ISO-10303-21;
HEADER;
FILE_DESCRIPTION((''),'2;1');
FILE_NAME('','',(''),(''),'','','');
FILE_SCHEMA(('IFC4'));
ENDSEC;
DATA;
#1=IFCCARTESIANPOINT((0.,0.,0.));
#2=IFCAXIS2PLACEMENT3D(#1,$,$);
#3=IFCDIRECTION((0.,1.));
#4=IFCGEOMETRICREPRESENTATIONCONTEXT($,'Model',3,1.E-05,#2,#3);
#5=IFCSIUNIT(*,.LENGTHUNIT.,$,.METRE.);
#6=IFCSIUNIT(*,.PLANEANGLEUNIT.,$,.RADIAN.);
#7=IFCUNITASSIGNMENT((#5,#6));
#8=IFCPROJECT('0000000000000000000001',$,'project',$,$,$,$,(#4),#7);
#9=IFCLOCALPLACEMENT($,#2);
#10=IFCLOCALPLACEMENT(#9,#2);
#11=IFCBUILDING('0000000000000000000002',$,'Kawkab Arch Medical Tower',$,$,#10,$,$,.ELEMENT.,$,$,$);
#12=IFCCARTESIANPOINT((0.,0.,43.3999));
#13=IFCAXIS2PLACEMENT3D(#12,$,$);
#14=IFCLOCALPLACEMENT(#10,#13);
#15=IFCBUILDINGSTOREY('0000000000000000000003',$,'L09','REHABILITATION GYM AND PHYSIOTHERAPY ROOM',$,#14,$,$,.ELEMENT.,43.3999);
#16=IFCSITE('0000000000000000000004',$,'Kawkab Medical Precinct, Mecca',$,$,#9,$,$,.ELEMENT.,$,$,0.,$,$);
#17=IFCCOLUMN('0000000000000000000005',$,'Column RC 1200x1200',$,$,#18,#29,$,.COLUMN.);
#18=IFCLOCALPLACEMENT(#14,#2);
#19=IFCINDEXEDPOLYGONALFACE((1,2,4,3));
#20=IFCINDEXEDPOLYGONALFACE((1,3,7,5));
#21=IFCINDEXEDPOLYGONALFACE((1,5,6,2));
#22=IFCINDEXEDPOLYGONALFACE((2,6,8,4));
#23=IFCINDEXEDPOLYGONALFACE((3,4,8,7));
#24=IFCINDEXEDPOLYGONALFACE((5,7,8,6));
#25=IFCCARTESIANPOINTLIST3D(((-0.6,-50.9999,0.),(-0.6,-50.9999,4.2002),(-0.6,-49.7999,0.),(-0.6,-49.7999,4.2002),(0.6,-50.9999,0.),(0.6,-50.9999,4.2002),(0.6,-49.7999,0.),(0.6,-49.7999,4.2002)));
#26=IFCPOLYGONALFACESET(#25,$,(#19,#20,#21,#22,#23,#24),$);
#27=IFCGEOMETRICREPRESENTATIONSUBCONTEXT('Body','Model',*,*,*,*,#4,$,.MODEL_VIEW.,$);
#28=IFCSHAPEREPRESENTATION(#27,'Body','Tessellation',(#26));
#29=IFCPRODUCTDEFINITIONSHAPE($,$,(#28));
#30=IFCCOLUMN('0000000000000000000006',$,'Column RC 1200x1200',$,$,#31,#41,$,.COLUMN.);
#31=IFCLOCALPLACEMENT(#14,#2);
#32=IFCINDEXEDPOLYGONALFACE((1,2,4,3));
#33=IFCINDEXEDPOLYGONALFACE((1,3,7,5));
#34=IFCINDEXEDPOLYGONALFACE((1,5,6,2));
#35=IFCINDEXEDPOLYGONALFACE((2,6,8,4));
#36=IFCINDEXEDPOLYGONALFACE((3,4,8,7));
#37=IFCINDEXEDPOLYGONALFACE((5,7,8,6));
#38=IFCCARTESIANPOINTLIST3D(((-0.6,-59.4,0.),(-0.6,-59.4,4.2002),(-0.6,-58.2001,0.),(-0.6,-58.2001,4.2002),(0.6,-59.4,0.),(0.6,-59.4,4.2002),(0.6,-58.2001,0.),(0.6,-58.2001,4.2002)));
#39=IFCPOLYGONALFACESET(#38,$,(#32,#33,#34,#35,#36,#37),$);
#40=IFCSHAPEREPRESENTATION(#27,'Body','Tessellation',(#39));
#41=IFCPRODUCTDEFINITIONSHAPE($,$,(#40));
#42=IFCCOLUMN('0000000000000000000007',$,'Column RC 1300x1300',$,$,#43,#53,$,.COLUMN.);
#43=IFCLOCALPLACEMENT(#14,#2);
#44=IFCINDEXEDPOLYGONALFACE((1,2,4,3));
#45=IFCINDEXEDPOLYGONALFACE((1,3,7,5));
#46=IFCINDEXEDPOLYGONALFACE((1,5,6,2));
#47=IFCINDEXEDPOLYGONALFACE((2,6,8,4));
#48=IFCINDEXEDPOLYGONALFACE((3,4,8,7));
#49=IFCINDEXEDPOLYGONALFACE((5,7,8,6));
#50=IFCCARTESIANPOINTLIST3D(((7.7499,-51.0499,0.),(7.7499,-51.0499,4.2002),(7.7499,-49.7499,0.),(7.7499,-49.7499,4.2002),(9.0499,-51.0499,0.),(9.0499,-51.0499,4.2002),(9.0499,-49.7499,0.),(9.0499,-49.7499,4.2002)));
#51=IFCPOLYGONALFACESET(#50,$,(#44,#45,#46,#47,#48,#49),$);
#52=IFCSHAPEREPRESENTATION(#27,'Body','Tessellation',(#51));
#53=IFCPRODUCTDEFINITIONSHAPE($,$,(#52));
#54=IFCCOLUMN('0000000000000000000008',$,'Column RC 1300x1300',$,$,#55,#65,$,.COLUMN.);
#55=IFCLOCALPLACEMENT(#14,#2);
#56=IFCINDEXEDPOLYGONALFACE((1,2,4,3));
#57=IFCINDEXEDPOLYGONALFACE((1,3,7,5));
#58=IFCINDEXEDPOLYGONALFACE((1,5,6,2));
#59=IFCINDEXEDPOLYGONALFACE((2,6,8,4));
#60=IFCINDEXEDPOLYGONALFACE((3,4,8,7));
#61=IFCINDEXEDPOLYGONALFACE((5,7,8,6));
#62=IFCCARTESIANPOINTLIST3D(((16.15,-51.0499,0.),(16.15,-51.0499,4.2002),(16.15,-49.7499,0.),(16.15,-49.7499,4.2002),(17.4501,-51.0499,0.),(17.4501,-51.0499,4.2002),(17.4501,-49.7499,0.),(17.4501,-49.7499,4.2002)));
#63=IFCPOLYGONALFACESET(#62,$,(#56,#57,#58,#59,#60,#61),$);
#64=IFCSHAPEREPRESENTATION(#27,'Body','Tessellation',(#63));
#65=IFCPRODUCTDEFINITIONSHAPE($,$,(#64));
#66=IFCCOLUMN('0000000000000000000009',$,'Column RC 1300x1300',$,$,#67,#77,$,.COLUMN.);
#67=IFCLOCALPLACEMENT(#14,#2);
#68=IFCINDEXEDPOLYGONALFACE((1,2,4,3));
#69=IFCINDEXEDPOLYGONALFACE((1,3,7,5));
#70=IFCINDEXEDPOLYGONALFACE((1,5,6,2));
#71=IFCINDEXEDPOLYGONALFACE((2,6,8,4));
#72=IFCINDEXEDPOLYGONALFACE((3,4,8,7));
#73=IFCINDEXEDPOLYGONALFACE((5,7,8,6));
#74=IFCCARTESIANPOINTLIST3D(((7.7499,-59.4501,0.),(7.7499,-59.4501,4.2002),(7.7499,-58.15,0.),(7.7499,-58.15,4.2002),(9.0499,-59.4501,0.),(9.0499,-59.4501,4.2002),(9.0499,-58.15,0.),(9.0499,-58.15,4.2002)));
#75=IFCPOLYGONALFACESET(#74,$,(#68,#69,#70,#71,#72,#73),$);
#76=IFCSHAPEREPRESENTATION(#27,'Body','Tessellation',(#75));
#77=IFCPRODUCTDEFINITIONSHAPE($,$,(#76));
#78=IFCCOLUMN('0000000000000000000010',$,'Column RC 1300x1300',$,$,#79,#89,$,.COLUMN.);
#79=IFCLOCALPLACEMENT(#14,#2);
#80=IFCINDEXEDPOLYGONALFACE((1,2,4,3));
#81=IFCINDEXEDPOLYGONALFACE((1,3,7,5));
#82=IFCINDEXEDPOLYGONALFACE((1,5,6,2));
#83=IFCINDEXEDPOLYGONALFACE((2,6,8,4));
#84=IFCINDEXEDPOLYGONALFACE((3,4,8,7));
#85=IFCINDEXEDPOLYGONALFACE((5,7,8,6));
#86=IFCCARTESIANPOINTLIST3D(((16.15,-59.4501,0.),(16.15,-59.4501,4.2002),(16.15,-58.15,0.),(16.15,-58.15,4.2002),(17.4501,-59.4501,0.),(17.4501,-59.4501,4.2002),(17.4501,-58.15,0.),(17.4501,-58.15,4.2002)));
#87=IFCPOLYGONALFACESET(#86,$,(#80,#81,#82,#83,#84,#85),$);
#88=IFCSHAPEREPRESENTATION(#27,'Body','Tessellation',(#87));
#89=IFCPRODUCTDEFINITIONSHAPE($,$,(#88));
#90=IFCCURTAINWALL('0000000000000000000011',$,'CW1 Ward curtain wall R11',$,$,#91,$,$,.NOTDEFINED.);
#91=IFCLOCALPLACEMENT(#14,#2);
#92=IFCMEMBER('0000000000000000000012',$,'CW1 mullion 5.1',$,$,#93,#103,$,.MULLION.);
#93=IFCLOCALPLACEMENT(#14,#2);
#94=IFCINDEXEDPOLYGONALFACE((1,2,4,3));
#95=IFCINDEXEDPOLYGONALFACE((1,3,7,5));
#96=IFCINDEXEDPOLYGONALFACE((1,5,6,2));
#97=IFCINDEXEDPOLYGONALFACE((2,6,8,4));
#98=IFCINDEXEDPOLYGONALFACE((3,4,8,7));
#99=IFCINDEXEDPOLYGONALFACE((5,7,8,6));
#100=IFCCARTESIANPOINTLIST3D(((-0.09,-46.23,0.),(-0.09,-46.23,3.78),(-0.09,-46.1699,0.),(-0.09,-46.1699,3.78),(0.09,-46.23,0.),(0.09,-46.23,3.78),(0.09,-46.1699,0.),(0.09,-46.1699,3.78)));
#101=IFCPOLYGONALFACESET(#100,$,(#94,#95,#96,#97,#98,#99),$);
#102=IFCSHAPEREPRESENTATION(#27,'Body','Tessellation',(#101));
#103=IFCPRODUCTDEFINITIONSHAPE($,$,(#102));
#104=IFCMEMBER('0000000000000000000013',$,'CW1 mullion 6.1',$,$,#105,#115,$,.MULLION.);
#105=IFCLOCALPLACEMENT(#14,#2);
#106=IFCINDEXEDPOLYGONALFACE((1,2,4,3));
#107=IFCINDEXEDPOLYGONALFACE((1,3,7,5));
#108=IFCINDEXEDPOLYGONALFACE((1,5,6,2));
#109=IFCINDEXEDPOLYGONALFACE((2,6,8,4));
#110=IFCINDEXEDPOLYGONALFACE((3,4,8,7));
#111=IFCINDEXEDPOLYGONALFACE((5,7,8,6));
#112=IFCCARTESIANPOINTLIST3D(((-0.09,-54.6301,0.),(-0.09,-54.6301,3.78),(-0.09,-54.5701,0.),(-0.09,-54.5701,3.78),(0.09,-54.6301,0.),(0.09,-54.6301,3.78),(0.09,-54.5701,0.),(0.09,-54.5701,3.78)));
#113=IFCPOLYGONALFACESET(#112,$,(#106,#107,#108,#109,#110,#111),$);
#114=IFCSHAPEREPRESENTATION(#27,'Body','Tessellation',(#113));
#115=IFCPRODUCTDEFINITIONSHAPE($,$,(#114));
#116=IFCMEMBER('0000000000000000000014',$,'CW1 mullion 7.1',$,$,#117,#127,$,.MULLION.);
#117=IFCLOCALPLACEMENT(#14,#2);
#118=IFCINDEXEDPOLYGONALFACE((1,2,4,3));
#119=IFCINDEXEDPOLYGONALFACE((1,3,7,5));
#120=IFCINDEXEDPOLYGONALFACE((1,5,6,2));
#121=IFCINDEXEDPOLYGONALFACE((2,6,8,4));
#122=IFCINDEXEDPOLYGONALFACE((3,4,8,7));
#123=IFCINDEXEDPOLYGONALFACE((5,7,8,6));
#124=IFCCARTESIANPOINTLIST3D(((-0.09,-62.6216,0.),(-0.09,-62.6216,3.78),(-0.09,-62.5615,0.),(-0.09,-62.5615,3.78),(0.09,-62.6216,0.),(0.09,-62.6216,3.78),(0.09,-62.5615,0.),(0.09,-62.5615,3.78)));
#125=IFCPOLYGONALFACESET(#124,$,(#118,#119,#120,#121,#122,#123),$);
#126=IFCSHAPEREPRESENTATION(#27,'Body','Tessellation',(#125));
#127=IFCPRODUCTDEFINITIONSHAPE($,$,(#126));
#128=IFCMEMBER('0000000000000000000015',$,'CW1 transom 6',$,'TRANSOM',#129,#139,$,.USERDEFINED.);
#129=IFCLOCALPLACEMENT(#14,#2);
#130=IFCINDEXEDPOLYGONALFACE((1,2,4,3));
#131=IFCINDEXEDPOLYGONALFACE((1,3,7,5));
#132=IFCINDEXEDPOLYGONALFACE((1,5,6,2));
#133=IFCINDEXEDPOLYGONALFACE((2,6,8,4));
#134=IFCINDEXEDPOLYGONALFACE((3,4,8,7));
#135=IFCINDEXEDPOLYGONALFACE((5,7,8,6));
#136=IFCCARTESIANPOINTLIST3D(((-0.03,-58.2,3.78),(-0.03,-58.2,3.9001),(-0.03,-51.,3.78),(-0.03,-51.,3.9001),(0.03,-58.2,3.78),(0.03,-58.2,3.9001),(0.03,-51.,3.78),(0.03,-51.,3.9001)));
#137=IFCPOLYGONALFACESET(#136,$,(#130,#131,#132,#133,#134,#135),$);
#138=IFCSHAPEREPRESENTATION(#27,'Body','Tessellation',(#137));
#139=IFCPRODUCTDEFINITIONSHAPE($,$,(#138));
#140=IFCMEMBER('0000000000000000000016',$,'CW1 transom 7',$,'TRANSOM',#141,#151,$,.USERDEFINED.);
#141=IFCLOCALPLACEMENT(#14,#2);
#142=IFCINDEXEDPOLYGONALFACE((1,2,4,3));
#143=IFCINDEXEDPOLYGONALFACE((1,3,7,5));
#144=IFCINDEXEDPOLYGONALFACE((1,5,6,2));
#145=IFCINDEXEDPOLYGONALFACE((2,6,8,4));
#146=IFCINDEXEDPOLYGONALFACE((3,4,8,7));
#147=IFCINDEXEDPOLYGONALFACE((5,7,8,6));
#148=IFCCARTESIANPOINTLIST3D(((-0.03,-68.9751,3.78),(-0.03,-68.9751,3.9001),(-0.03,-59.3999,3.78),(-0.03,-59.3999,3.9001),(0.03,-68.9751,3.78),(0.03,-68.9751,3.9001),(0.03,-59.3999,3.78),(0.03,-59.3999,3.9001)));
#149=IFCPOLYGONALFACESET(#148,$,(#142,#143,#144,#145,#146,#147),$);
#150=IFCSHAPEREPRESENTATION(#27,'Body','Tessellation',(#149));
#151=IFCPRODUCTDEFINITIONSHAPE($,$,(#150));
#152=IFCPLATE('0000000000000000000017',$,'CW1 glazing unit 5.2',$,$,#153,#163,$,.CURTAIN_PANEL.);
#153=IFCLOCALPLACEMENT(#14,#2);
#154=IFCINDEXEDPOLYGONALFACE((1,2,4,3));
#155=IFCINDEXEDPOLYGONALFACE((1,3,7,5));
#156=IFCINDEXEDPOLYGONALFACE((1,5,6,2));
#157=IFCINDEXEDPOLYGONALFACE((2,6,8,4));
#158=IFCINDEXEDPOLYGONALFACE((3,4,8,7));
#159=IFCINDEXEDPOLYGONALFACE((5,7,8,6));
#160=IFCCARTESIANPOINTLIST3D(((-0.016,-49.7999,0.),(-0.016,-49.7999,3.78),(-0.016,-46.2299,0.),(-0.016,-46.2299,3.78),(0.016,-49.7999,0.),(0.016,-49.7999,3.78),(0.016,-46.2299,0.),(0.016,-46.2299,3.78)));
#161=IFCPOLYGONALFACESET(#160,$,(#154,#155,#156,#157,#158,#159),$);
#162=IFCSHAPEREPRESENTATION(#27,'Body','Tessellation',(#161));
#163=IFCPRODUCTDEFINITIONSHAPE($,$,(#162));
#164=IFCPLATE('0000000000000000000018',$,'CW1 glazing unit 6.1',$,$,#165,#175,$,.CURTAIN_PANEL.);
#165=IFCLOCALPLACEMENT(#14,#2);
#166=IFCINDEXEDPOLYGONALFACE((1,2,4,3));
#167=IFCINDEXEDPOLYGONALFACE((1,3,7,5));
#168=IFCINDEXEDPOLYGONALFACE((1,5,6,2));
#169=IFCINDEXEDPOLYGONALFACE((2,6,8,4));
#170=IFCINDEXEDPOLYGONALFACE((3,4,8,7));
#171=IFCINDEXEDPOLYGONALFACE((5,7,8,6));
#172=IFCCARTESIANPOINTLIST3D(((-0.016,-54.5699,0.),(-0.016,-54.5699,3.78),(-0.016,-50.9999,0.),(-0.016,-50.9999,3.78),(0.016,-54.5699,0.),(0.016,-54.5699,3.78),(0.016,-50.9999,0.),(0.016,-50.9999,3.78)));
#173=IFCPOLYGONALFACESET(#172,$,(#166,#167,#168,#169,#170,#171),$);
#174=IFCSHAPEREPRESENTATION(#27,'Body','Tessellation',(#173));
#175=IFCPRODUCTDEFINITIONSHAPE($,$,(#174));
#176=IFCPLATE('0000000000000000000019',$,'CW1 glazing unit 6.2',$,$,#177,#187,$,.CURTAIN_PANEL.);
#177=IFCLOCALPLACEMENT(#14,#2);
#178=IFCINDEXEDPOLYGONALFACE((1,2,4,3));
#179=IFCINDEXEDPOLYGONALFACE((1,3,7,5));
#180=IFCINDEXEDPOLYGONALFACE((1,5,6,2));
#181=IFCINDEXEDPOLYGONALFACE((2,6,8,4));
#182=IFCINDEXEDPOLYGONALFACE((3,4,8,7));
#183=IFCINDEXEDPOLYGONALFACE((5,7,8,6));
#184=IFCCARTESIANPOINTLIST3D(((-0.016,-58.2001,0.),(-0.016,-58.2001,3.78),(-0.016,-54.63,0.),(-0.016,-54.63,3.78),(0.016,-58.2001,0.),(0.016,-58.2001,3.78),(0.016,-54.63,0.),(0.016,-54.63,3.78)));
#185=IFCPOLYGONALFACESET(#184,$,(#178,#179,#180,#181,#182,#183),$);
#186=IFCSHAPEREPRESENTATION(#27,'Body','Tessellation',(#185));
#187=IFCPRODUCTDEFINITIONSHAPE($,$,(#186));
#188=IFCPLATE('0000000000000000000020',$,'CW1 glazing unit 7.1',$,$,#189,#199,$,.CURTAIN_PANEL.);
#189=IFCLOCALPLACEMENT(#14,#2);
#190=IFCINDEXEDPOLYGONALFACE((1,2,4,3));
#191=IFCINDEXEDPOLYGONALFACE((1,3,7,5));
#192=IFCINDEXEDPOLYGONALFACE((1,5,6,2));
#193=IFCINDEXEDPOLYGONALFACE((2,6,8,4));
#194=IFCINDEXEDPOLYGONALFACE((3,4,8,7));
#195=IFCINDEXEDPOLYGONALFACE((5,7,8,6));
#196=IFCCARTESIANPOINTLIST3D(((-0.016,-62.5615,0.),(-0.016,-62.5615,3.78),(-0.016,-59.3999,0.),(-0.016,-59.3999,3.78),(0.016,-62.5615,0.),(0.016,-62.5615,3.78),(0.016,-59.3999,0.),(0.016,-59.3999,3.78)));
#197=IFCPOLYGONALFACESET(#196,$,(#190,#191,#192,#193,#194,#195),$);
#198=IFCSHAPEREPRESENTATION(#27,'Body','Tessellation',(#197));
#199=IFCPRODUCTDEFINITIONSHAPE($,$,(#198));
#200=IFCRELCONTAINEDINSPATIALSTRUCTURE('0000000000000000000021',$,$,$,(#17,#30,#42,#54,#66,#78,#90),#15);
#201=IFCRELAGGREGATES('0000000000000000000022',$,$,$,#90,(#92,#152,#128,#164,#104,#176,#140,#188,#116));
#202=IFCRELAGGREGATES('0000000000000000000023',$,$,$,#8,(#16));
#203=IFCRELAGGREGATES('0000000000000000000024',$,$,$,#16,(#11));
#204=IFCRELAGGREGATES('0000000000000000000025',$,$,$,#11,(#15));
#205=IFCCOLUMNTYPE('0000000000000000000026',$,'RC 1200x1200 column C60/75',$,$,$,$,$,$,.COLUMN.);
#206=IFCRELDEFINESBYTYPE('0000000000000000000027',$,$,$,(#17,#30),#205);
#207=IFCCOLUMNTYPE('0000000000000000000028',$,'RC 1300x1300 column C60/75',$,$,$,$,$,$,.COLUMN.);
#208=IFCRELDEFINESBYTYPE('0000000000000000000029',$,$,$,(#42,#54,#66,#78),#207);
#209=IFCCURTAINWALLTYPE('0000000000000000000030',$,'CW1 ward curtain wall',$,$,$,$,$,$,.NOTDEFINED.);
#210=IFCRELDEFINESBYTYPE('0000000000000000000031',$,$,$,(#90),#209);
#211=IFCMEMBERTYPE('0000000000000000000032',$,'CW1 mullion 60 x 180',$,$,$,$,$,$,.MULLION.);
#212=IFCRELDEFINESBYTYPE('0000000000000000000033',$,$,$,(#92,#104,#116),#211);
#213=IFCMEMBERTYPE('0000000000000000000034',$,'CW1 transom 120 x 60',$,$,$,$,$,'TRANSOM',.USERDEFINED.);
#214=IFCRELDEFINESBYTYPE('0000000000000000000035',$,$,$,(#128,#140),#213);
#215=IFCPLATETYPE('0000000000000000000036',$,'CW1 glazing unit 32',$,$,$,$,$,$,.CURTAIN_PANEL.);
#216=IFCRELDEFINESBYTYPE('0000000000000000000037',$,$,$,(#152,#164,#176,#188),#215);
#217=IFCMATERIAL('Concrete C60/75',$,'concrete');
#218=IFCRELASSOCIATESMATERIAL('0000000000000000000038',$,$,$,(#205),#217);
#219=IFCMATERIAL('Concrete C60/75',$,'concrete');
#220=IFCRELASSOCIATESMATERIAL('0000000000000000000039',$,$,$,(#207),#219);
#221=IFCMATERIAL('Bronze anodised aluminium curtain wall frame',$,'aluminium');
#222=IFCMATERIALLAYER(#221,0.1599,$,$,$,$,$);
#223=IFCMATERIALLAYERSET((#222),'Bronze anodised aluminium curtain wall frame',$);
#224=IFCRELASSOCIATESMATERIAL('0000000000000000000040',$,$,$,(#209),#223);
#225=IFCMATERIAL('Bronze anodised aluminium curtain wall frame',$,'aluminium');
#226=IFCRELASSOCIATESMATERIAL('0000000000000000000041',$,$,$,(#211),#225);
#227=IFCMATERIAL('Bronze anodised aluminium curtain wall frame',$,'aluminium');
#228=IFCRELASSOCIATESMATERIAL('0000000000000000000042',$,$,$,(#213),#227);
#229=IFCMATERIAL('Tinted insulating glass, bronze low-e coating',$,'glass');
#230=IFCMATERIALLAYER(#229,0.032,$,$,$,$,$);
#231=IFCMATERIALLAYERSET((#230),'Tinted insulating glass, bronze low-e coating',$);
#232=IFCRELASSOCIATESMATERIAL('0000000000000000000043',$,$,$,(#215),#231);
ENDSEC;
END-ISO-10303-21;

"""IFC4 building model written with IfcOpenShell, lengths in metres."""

from ifc_helpers import new_model, si_unit, direction, frame, origin, origin_2d, place, context, subcontext, project, spatial, rectangle, extrude, material, layer, layer_set, material_profile, profile_set, type_object, element, aggregate, save


model = new_model("IFC4")

# Units and contexts
model_context = context("Model", 3, precision=1e-05, world=origin(), true_north=direction((0.0, 1.0)))
body_context = subcontext(model_context, "Body", "Model", "MODEL_VIEW")
ifc_project = project(units=[si_unit("LENGTHUNIT", "METRE"), si_unit("PLANEANGLEUNIT", "RADIAN")], contexts=[model_context])

# Site, building, storey
site_placement = place(None, origin())
site = spatial("IfcSite", under=ifc_project, at=site_placement, Name="Kawkab Medical Precinct, Mecca", CompositionType="ELEMENT", RefElevation=0.0)
building_placement = place(site_placement, origin())
building = spatial("IfcBuilding", under=site, at=building_placement, Name="Kawkab Arch Medical Tower", CompositionType="ELEMENT")
storey_placement = place(building_placement, frame((0.0, 0.0, 43.3999)))
storey = spatial("IfcBuildingStorey", under=building, at=storey_placement, Name="L09", Description="REHABILITATION GYM AND PHYSIOTHERAPY ROOM", CompositionType="ELEMENT", Elevation=43.3999)

# Columns
ifc_material_1 = material(Name="Concrete C60/75", Category="concrete")
ifc_material_profile_1 = material_profile(ifc_material_1, rectangle(XDim=1.2, YDim=1.2, at=origin_2d()), Name="RC 1200x1200")
ifc_profile_set_1 = profile_set([ifc_material_profile_1], Name="Concrete C60/75")
column_type_1 = type_object("IfcColumnType", Name="RC 1200x1200 column C60/75", PredefinedType="COLUMN", material=ifc_profile_set_1)
for number, where, z_axis, x_axis, name in (
    (1, (0.0, -50.3999, 0.0), (0.0, 0.0, 1.0), (1.0, 0.0, 0.0), "Column RC 1200x1200"),
    (2, (0.0, -58.8, 0.0), (0.0, 0.0, 1.0), (1.0, 0.0, 0.0), "Column RC 1200x1200"),
):
    element("IfcColumn", number, at=place(storey_placement, frame(where, z_axis=z_axis, x_axis=x_axis)), inside=storey, type_object=column_type_1, Name=name, PredefinedType="COLUMN", context=body_context, shape_type="SweptSolid", body=[
        extrude(rectangle(XDim=1.2, YDim=1.2, at=origin_2d()), origin(), (0.0, 0.0, 1.0), 4.2002),
    ])
ifc_material_2 = material(Name="Concrete C60/75", Category="concrete")
ifc_material_profile_2 = material_profile(ifc_material_2, rectangle(XDim=1.3, YDim=1.3, at=origin_2d()), Name="RC 1300x1300")
ifc_profile_set_2 = profile_set([ifc_material_profile_2], Name="Concrete C60/75")
column_type_2 = type_object("IfcColumnType", Name="RC 1300x1300 column C60/75", PredefinedType="COLUMN", material=ifc_profile_set_2)
for number, where, z_axis, x_axis, name in (
    (3, (8.3999, -50.3999, 0.0), (0.0, 0.0, 1.0), (1.0, 0.0, 0.0), "Column RC 1300x1300"),
    (4, (16.8, -50.3999, 0.0), (0.0, 0.0, 1.0), (1.0, 0.0, 0.0), "Column RC 1300x1300"),
    (5, (8.3999, -58.8, 0.0), (0.0, 0.0, 1.0), (1.0, 0.0, 0.0), "Column RC 1300x1300"),
    (6, (16.8, -58.8, 0.0), (0.0, 0.0, 1.0), (1.0, 0.0, 0.0), "Column RC 1300x1300"),
):
    element("IfcColumn", number, at=place(storey_placement, frame(where, z_axis=z_axis, x_axis=x_axis)), inside=storey, type_object=column_type_2, Name=name, PredefinedType="COLUMN", context=body_context, shape_type="SweptSolid", body=[
        extrude(rectangle(XDim=1.3, YDim=1.3, at=origin_2d()), origin(), (0.0, 0.0, 1.0), 4.2002),
    ])

# Curtain wall, members, plates
ifc_material_3 = material(Name="Bronze anodised aluminium curtain wall frame", Category="aluminium")
ifc_layer_1 = layer(ifc_material_3, 0.1599)
ifc_layer_set_1 = layer_set([ifc_layer_1], Name="Bronze anodised aluminium curtain wall frame")
curtain_wall_type = type_object("IfcCurtainWallType", Name="CW1 ward curtain wall", PredefinedType="NOTDEFINED", material=ifc_layer_set_1)
curtain_wall_placement = place(storey_placement, origin())
curtain_wall = element("IfcCurtainWall", 7, at=curtain_wall_placement, inside=storey, type_object=curtain_wall_type, Name="CW1 Ward curtain wall R11", PredefinedType="NOTDEFINED")
ifc_material_4 = material(Name="Bronze anodised aluminium curtain wall frame", Category="aluminium")
ifc_material_profile_3 = material_profile(ifc_material_4, rectangle(XDim=0.1799, YDim=0.0601, at=origin_2d()), Name="AL 60x180")
ifc_profile_set_3 = profile_set([ifc_material_profile_3], Name="Bronze anodised aluminium curtain wall frame")
member_type_1 = type_object("IfcMemberType", Name="CW1 mullion 60 x 180", PredefinedType="MULLION", material=ifc_profile_set_3)
member_1_placement = place(storey_placement, frame((0.0, -46.2, 0.0), z_axis=(0.0, 0.0, 1.0), x_axis=(1.0, 0.0, 0.0)))
member_1 = element("IfcMember", 8, at=member_1_placement, type_object=member_type_1, Name="CW1 mullion 5.1", PredefinedType="MULLION", context=body_context, shape_type="SweptSolid", body=[
    extrude(rectangle(XDim=0.1799, YDim=0.0601, at=origin_2d()), origin(), (0.0, 0.0, 1.0), 3.78),
])
member_2_placement = place(storey_placement, frame((0.0, -54.6001, 0.0), z_axis=(0.0, 0.0, 1.0), x_axis=(1.0, 0.0, 0.0)))
member_2 = element("IfcMember", 9, at=member_2_placement, type_object=member_type_1, Name="CW1 mullion 6.1", PredefinedType="MULLION", context=body_context, shape_type="SweptSolid", body=[
    extrude(rectangle(XDim=0.1799, YDim=0.0601, at=origin_2d()), origin(), (0.0, 0.0, 1.0), 3.78),
])
member_3_placement = place(storey_placement, frame((0.0, -62.5916, 0.0), z_axis=(0.0, 0.0, 1.0), x_axis=(1.0, 0.0, 0.0)))
member_3 = element("IfcMember", 10, at=member_3_placement, type_object=member_type_1, Name="CW1 mullion 7.1", PredefinedType="MULLION", context=body_context, shape_type="SweptSolid", body=[
    extrude(rectangle(XDim=0.1799, YDim=0.0601, at=origin_2d()), origin(), (0.0, 0.0, 1.0), 3.78),
])
ifc_material_5 = material(Name="Bronze anodised aluminium curtain wall frame", Category="aluminium")
ifc_material_profile_4 = material_profile(ifc_material_5, rectangle(XDim=0.0601, YDim=0.1201, at=origin_2d()), Name="AL 60x120")
ifc_profile_set_4 = profile_set([ifc_material_profile_4], Name="Bronze anodised aluminium curtain wall frame")
member_type_2 = type_object("IfcMemberType", Name="CW1 transom 120 x 60", ElementType="TRANSOM", PredefinedType="USERDEFINED", material=ifc_profile_set_4)
member_4_placement = place(storey_placement, frame((0.0, -51.0, 3.8401), z_axis=(0.0, -1.0, 0.0), x_axis=(1.0, 0.0, 0.0)))
member_4 = element("IfcMember", 11, at=member_4_placement, type_object=member_type_2, Name="CW1 transom 6", ObjectType="TRANSOM", PredefinedType="USERDEFINED", context=body_context, shape_type="SweptSolid", body=[
    extrude(rectangle(XDim=0.0601, YDim=0.1201, at=origin_2d()), origin(), (0.0, 0.0, 1.0), 7.2),
])
member_5_placement = place(storey_placement, frame((0.0, -59.3999, 3.8401), z_axis=(0.0, -1.0, 0.0), x_axis=(1.0, 0.0, 0.0)))
member_5 = element("IfcMember", 12, at=member_5_placement, type_object=member_type_2, Name="CW1 transom 7", ObjectType="TRANSOM", PredefinedType="USERDEFINED", context=body_context, shape_type="SweptSolid", body=[
    extrude(rectangle(XDim=0.0601, YDim=0.1201, at=origin_2d()), origin(), (0.0, 0.0, 1.0), 9.5752),
])
ifc_material_6 = material(Name="Tinted insulating glass, bronze low-e coating", Category="glass")
ifc_layer_2 = layer(ifc_material_6, 0.032)
ifc_layer_set_2 = layer_set([ifc_layer_2], Name="Tinted insulating glass, bronze low-e coating")
plate_type = type_object("IfcPlateType", Name="CW1 glazing unit 32", PredefinedType="CURTAIN_PANEL", material=ifc_layer_set_2)
plate_1_placement = place(storey_placement, frame((0.0, -48.0149, 0.0), z_axis=(0.0, 0.0, 1.0), x_axis=(0.0, -1.0, 0.0)))
plate_1 = element("IfcPlate", 13, at=plate_1_placement, type_object=plate_type, Name="CW1 glazing unit 5.2", PredefinedType="CURTAIN_PANEL", context=body_context, shape_type="SweptSolid", body=[
    extrude(rectangle(XDim=3.5701, YDim=0.032, at=origin_2d()), origin(), (0.0, 0.0, 1.0), 3.78),
])
plate_2_placement = place(storey_placement, frame((0.0, -52.7849, 0.0), z_axis=(0.0, 0.0, 1.0), x_axis=(0.0, -1.0, 0.0)))
plate_2 = element("IfcPlate", 14, at=plate_2_placement, type_object=plate_type, Name="CW1 glazing unit 6.1", PredefinedType="CURTAIN_PANEL", context=body_context, shape_type="SweptSolid", body=[
    extrude(rectangle(XDim=3.5701, YDim=0.032, at=origin_2d()), origin(), (0.0, 0.0, 1.0), 3.78),
])
plate_3_placement = place(storey_placement, frame((0.0, -56.415, 0.0), z_axis=(0.0, 0.0, 1.0), x_axis=(0.0, -1.0, 0.0)))
plate_3 = element("IfcPlate", 15, at=plate_3_placement, type_object=plate_type, Name="CW1 glazing unit 6.2", PredefinedType="CURTAIN_PANEL", context=body_context, shape_type="SweptSolid", body=[
    extrude(rectangle(XDim=3.5701, YDim=0.032, at=origin_2d()), origin(), (0.0, 0.0, 1.0), 3.78),
])
plate_4_placement = place(storey_placement, frame((0.0, -60.9807, 0.0), z_axis=(0.0, 0.0, 1.0), x_axis=(0.0, -1.0, 0.0)))
plate_4 = element("IfcPlate", 16, at=plate_4_placement, type_object=plate_type, Name="CW1 glazing unit 7.1", PredefinedType="CURTAIN_PANEL", context=body_context, shape_type="SweptSolid", body=[
    extrude(rectangle(XDim=3.1616, YDim=0.032, at=origin_2d()), origin(), (0.0, 0.0, 1.0), 3.78),
])
aggregate(curtain_wall, [member_1, plate_1, member_4, plate_2, member_2, plate_3, member_5, plate_4, member_3])

save(model, "model.ifc")
